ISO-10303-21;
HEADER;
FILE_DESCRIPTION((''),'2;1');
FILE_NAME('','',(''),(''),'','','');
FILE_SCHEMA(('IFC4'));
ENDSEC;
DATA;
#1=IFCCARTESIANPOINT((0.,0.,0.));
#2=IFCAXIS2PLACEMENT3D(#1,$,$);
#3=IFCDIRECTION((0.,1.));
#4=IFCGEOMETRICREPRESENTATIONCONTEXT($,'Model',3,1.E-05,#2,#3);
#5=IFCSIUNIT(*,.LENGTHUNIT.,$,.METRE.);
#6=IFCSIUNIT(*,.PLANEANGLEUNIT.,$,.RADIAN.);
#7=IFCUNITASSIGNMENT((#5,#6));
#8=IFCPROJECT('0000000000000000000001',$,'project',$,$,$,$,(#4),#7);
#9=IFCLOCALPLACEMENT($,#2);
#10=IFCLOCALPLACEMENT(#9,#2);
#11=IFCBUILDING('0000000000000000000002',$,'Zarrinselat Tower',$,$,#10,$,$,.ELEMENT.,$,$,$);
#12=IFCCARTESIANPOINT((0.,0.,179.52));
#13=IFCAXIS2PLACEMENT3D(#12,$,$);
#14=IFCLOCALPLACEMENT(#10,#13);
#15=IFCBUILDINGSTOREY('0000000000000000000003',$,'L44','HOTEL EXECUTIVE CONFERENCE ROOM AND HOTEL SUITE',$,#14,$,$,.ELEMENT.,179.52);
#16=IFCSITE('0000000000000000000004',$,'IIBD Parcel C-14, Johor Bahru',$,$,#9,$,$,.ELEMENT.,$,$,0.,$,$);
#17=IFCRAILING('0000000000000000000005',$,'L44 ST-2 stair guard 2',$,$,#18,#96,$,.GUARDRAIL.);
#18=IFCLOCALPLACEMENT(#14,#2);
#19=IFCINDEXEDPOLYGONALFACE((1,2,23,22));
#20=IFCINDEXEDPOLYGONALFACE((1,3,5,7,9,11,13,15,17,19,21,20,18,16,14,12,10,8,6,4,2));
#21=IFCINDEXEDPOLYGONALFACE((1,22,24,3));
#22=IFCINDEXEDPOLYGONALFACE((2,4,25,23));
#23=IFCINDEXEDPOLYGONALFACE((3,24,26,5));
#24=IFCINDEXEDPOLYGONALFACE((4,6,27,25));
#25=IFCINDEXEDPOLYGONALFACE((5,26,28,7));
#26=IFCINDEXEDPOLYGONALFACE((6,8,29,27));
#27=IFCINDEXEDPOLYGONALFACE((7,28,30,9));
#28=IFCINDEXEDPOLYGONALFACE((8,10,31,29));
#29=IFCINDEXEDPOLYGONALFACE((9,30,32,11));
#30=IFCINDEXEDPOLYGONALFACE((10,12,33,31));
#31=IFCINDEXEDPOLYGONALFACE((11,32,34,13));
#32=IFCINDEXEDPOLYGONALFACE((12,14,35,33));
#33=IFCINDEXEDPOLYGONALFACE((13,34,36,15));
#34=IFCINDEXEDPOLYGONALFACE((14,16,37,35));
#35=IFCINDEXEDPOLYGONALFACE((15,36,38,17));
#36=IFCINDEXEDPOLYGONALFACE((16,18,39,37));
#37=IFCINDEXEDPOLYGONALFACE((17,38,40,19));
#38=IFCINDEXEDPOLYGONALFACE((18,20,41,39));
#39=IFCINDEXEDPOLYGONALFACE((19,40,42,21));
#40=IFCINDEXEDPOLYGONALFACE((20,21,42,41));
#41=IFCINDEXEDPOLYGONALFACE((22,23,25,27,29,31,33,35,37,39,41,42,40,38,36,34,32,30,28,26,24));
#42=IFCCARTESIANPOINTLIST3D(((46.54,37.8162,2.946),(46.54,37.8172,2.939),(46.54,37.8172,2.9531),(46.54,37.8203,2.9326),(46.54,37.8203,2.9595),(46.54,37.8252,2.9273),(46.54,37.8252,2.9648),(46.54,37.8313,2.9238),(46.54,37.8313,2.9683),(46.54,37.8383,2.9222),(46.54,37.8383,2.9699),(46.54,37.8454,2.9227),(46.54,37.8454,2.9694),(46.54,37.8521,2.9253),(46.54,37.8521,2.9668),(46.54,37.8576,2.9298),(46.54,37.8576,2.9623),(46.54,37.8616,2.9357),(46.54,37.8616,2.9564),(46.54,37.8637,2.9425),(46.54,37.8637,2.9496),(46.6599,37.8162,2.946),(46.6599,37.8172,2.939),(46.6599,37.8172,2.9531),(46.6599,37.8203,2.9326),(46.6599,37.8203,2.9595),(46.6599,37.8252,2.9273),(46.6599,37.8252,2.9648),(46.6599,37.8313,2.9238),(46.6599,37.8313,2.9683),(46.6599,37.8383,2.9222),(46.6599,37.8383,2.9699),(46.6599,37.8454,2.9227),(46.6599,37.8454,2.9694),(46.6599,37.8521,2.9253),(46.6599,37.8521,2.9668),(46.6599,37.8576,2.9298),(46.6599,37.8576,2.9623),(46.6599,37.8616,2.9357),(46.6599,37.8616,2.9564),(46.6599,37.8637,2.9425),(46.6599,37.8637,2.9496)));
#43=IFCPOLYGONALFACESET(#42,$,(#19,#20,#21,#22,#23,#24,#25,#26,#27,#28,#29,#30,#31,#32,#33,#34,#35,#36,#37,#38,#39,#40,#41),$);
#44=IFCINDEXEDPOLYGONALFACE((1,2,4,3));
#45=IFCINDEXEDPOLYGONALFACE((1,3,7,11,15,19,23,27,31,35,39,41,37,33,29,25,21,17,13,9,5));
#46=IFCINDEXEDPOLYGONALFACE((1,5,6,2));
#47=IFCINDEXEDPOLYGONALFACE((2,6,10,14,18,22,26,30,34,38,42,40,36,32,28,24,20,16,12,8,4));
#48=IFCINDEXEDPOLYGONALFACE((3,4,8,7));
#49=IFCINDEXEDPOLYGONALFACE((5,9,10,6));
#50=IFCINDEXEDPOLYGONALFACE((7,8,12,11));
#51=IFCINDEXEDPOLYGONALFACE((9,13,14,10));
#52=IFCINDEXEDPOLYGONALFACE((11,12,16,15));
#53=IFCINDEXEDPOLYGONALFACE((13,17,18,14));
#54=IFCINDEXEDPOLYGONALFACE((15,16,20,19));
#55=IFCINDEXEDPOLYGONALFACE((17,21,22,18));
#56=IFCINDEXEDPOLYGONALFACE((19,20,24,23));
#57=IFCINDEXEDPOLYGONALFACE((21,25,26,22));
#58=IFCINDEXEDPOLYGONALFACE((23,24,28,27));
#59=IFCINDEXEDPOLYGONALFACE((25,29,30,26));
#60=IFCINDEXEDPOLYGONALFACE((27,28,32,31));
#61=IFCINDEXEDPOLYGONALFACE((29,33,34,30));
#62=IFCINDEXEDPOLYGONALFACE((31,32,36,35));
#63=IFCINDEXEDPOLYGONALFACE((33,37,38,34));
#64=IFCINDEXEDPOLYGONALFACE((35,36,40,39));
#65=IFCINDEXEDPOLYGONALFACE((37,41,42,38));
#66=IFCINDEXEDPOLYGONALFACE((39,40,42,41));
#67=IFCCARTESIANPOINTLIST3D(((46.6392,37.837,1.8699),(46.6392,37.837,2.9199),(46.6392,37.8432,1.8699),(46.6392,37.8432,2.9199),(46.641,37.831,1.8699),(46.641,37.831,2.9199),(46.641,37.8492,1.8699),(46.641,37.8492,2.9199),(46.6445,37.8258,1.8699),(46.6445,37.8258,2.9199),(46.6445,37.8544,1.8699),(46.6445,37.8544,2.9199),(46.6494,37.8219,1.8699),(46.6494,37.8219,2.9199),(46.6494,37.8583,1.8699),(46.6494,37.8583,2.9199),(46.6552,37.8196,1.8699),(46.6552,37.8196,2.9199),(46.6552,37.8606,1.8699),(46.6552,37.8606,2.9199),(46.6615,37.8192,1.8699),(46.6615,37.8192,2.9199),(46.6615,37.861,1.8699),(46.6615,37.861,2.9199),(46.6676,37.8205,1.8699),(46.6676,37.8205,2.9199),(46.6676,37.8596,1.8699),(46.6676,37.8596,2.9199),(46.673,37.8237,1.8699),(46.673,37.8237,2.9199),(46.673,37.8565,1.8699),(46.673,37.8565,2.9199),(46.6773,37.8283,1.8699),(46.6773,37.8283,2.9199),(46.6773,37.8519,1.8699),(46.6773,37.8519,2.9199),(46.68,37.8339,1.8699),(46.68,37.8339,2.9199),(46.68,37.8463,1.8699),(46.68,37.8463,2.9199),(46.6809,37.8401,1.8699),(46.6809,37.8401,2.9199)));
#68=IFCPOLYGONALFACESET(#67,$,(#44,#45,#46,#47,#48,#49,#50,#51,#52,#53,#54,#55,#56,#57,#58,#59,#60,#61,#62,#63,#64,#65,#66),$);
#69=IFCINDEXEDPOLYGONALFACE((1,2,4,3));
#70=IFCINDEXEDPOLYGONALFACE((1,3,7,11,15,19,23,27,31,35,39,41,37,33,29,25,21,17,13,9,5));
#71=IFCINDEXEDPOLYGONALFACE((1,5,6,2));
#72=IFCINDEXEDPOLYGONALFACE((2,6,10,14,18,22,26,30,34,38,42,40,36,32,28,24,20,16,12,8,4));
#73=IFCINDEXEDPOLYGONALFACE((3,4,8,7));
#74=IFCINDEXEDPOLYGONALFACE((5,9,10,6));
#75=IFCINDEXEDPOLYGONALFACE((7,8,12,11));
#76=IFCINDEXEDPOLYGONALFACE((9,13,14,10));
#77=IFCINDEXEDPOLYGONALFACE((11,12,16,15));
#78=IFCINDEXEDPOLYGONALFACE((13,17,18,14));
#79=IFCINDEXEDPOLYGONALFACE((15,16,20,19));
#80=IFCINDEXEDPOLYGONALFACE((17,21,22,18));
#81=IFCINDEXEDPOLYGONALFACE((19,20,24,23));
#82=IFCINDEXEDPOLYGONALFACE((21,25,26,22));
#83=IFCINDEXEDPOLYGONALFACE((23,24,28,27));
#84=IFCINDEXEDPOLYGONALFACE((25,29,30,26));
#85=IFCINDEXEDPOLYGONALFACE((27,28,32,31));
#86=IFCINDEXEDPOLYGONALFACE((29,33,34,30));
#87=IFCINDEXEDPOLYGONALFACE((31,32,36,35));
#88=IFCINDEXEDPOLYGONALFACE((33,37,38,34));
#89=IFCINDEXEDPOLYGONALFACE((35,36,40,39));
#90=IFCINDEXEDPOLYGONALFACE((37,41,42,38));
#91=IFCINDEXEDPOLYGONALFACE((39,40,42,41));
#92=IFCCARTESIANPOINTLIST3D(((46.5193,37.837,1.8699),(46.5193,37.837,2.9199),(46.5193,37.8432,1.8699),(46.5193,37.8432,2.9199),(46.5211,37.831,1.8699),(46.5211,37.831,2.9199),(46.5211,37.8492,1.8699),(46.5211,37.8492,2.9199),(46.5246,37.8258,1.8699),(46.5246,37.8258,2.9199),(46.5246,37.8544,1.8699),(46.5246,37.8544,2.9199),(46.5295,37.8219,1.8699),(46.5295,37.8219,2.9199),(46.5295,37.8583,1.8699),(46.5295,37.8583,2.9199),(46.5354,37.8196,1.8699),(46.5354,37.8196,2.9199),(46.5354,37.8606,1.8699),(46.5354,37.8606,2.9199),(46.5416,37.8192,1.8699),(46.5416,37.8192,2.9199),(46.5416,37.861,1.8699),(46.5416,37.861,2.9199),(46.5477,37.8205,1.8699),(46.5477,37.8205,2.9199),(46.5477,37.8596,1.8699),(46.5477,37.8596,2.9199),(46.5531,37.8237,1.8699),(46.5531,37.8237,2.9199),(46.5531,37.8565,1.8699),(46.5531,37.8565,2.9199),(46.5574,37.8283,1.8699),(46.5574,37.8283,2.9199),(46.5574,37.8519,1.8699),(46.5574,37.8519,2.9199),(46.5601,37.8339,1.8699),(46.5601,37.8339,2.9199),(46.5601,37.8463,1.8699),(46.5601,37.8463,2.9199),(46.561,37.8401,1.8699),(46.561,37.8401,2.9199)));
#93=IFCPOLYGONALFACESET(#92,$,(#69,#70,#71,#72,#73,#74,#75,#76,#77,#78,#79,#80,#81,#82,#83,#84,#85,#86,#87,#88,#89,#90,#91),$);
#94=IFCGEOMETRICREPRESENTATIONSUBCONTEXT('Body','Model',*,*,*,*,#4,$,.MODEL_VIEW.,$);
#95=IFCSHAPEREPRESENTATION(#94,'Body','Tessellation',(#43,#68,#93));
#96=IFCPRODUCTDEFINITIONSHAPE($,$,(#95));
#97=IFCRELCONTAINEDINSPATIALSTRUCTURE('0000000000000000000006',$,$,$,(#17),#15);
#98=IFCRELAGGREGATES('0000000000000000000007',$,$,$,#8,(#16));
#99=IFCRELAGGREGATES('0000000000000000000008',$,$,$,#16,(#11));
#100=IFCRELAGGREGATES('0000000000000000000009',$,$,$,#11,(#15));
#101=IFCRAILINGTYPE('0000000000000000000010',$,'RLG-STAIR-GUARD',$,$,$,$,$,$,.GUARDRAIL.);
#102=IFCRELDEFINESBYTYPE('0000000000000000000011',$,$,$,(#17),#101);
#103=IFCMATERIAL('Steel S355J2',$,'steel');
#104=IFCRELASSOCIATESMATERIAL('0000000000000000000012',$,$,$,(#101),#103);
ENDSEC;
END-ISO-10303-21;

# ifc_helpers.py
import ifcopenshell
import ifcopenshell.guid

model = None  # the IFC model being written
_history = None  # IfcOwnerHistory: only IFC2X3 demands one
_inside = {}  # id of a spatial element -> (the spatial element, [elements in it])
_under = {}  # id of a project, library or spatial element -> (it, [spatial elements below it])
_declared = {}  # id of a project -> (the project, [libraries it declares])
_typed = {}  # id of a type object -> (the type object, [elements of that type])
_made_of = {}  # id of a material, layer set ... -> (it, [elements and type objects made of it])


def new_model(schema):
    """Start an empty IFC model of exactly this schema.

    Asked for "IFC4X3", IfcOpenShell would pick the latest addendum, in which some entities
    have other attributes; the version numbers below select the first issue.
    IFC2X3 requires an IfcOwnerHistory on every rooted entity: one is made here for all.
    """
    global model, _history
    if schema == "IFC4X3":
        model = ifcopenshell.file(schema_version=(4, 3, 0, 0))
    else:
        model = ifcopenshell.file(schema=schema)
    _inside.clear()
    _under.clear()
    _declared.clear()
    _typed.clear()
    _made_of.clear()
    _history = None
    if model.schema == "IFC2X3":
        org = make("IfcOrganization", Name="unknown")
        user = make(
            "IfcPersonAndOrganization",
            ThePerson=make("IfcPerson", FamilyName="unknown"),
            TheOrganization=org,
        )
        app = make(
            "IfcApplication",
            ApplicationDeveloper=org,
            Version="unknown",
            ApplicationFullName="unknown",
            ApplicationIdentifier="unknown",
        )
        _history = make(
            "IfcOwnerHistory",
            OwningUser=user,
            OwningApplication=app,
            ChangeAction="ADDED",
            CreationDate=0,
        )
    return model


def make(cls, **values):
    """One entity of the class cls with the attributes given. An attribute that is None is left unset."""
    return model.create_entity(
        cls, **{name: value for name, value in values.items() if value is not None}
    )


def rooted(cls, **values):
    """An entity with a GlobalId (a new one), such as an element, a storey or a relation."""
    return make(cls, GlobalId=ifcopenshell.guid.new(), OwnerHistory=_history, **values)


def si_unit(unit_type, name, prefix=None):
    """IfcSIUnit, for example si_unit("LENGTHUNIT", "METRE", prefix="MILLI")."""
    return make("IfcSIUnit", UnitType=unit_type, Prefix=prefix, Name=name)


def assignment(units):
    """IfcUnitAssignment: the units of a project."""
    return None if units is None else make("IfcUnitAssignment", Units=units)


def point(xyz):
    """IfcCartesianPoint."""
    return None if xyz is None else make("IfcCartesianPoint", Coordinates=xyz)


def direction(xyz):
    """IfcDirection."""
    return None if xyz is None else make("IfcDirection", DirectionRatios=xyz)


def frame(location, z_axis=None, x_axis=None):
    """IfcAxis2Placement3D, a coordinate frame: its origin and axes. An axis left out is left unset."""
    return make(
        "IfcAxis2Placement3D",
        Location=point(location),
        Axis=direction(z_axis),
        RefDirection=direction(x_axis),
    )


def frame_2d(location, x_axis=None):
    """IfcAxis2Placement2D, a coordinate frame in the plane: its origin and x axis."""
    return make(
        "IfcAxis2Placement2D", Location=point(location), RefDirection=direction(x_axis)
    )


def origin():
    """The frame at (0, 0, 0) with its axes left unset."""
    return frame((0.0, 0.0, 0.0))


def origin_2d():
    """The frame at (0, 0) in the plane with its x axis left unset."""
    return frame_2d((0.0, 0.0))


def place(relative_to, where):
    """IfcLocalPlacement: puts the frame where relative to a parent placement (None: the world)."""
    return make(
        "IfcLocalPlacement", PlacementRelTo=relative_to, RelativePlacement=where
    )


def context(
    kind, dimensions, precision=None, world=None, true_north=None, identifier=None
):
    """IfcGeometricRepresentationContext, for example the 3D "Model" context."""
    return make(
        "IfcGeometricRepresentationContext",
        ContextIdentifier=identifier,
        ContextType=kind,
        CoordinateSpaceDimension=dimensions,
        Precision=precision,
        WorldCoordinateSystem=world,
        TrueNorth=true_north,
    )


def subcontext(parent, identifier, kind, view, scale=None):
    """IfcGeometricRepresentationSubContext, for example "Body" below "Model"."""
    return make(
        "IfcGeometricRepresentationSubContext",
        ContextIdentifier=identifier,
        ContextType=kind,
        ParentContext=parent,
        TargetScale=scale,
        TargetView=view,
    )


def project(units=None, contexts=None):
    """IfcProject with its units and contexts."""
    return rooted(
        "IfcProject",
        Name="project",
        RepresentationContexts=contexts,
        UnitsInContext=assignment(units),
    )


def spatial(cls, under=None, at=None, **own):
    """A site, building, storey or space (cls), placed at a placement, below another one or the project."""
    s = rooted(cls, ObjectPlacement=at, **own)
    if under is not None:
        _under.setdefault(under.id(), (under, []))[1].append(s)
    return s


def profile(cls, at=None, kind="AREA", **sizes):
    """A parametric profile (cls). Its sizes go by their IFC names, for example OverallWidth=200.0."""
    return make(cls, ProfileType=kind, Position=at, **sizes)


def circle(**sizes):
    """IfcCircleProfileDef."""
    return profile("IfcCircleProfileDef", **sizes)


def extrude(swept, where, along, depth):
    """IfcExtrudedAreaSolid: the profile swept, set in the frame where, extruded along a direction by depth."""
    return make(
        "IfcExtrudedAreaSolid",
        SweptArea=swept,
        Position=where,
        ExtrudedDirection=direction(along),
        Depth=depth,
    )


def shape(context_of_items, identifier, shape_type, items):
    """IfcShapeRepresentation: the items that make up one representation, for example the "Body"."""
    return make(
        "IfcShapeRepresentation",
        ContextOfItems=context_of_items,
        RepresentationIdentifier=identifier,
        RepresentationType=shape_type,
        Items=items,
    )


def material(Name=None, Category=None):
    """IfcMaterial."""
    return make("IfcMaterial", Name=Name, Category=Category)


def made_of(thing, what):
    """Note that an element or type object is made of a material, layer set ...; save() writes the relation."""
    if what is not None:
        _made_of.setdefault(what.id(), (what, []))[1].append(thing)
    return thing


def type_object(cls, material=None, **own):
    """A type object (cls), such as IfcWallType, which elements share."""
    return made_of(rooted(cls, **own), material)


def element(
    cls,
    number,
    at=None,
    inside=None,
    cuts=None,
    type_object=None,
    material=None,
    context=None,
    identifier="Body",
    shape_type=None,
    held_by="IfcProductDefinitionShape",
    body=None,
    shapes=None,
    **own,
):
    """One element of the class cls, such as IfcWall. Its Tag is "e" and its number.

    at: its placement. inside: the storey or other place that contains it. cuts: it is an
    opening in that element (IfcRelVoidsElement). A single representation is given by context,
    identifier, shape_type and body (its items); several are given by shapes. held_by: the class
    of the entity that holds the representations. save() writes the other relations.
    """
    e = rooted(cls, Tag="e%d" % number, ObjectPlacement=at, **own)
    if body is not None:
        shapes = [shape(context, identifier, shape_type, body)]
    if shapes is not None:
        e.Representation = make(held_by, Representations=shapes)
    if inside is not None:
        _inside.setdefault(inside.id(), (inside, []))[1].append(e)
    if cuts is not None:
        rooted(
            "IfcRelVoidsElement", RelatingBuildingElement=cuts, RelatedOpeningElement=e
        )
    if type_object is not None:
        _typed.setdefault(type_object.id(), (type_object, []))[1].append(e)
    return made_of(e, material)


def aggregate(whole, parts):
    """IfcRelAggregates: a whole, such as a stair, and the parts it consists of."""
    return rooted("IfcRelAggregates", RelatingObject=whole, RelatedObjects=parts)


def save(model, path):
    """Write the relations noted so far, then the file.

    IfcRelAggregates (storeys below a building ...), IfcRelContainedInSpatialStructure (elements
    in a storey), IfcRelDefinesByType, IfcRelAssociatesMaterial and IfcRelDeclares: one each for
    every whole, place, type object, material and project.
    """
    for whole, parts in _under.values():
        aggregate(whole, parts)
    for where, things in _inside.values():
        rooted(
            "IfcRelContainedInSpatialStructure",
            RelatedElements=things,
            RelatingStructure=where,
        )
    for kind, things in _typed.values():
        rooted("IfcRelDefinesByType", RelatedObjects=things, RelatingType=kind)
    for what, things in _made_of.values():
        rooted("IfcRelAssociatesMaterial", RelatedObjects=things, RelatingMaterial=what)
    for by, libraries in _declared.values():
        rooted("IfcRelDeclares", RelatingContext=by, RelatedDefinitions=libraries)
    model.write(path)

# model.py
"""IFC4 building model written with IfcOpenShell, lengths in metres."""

from ifc_helpers import new_model, si_unit, direction, frame, origin, origin_2d, place, context, subcontext, project, spatial, circle, extrude, material, type_object, element, save


model = new_model("IFC4")

# Units and contexts
model_context = context("Model", 3, precision=1e-05, world=origin(), true_north=direction((0.0, 1.0)))
body_context = subcontext(model_context, "Body", "Model", "MODEL_VIEW")
ifc_project = project(units=[si_unit("LENGTHUNIT", "METRE"), si_unit("PLANEANGLEUNIT", "RADIAN")], contexts=[model_context])

# Site, building, storey
site_placement = place(None, origin())
site = spatial("IfcSite", under=ifc_project, at=site_placement, Name="IIBD Parcel C-14, Johor Bahru", CompositionType="ELEMENT", RefElevation=0.0)
building_placement = place(site_placement, origin())
building = spatial("IfcBuilding", under=site, at=building_placement, Name="Zarrinselat Tower", CompositionType="ELEMENT")
storey_placement = place(building_placement, frame((0.0, 0.0, 179.52)))
storey = spatial("IfcBuildingStorey", under=building, at=storey_placement, Name="L44", Description="HOTEL EXECUTIVE CONFERENCE ROOM AND HOTEL SUITE", CompositionType="ELEMENT", Elevation=179.52)

# Railing
ifc_material_1 = material(Name="Steel S355J2", Category="steel")
railing_type_1 = type_object("IfcRailingType", Name="RLG-STAIR-GUARD", PredefinedType="GUARDRAIL", material=ifc_material_1)
railing_1_placement = place(storey_placement, frame((46.6599, 37.8401, 1.8699)))
element("IfcRailing", 1, at=railing_1_placement, inside=storey, type_object=railing_type_1, Name="L44 ST-2 stair guard 2", PredefinedType="GUARDRAIL", context=body_context, shape_type="SweptSolid", body=[
    extrude(circle(Radius=0.0239, at=origin_2d()), frame((0.0, 0.0, 1.0762), z_axis=(-1.0, 0.0, 0.0), x_axis=(0.0, -1.0, 0.0)), (0.0, 0.0, 1.0), 0.1199),
    extrude(circle(Radius=0.021, at=origin_2d()), origin(), (0.0, 0.0, 1.0), 1.05),
    extrude(circle(Radius=0.021, at=origin_2d()), frame((-0.1199, 0.0, 0.0)), (0.0, 0.0, 1.0), 1.05),
])

save(model, "model.ifc")
